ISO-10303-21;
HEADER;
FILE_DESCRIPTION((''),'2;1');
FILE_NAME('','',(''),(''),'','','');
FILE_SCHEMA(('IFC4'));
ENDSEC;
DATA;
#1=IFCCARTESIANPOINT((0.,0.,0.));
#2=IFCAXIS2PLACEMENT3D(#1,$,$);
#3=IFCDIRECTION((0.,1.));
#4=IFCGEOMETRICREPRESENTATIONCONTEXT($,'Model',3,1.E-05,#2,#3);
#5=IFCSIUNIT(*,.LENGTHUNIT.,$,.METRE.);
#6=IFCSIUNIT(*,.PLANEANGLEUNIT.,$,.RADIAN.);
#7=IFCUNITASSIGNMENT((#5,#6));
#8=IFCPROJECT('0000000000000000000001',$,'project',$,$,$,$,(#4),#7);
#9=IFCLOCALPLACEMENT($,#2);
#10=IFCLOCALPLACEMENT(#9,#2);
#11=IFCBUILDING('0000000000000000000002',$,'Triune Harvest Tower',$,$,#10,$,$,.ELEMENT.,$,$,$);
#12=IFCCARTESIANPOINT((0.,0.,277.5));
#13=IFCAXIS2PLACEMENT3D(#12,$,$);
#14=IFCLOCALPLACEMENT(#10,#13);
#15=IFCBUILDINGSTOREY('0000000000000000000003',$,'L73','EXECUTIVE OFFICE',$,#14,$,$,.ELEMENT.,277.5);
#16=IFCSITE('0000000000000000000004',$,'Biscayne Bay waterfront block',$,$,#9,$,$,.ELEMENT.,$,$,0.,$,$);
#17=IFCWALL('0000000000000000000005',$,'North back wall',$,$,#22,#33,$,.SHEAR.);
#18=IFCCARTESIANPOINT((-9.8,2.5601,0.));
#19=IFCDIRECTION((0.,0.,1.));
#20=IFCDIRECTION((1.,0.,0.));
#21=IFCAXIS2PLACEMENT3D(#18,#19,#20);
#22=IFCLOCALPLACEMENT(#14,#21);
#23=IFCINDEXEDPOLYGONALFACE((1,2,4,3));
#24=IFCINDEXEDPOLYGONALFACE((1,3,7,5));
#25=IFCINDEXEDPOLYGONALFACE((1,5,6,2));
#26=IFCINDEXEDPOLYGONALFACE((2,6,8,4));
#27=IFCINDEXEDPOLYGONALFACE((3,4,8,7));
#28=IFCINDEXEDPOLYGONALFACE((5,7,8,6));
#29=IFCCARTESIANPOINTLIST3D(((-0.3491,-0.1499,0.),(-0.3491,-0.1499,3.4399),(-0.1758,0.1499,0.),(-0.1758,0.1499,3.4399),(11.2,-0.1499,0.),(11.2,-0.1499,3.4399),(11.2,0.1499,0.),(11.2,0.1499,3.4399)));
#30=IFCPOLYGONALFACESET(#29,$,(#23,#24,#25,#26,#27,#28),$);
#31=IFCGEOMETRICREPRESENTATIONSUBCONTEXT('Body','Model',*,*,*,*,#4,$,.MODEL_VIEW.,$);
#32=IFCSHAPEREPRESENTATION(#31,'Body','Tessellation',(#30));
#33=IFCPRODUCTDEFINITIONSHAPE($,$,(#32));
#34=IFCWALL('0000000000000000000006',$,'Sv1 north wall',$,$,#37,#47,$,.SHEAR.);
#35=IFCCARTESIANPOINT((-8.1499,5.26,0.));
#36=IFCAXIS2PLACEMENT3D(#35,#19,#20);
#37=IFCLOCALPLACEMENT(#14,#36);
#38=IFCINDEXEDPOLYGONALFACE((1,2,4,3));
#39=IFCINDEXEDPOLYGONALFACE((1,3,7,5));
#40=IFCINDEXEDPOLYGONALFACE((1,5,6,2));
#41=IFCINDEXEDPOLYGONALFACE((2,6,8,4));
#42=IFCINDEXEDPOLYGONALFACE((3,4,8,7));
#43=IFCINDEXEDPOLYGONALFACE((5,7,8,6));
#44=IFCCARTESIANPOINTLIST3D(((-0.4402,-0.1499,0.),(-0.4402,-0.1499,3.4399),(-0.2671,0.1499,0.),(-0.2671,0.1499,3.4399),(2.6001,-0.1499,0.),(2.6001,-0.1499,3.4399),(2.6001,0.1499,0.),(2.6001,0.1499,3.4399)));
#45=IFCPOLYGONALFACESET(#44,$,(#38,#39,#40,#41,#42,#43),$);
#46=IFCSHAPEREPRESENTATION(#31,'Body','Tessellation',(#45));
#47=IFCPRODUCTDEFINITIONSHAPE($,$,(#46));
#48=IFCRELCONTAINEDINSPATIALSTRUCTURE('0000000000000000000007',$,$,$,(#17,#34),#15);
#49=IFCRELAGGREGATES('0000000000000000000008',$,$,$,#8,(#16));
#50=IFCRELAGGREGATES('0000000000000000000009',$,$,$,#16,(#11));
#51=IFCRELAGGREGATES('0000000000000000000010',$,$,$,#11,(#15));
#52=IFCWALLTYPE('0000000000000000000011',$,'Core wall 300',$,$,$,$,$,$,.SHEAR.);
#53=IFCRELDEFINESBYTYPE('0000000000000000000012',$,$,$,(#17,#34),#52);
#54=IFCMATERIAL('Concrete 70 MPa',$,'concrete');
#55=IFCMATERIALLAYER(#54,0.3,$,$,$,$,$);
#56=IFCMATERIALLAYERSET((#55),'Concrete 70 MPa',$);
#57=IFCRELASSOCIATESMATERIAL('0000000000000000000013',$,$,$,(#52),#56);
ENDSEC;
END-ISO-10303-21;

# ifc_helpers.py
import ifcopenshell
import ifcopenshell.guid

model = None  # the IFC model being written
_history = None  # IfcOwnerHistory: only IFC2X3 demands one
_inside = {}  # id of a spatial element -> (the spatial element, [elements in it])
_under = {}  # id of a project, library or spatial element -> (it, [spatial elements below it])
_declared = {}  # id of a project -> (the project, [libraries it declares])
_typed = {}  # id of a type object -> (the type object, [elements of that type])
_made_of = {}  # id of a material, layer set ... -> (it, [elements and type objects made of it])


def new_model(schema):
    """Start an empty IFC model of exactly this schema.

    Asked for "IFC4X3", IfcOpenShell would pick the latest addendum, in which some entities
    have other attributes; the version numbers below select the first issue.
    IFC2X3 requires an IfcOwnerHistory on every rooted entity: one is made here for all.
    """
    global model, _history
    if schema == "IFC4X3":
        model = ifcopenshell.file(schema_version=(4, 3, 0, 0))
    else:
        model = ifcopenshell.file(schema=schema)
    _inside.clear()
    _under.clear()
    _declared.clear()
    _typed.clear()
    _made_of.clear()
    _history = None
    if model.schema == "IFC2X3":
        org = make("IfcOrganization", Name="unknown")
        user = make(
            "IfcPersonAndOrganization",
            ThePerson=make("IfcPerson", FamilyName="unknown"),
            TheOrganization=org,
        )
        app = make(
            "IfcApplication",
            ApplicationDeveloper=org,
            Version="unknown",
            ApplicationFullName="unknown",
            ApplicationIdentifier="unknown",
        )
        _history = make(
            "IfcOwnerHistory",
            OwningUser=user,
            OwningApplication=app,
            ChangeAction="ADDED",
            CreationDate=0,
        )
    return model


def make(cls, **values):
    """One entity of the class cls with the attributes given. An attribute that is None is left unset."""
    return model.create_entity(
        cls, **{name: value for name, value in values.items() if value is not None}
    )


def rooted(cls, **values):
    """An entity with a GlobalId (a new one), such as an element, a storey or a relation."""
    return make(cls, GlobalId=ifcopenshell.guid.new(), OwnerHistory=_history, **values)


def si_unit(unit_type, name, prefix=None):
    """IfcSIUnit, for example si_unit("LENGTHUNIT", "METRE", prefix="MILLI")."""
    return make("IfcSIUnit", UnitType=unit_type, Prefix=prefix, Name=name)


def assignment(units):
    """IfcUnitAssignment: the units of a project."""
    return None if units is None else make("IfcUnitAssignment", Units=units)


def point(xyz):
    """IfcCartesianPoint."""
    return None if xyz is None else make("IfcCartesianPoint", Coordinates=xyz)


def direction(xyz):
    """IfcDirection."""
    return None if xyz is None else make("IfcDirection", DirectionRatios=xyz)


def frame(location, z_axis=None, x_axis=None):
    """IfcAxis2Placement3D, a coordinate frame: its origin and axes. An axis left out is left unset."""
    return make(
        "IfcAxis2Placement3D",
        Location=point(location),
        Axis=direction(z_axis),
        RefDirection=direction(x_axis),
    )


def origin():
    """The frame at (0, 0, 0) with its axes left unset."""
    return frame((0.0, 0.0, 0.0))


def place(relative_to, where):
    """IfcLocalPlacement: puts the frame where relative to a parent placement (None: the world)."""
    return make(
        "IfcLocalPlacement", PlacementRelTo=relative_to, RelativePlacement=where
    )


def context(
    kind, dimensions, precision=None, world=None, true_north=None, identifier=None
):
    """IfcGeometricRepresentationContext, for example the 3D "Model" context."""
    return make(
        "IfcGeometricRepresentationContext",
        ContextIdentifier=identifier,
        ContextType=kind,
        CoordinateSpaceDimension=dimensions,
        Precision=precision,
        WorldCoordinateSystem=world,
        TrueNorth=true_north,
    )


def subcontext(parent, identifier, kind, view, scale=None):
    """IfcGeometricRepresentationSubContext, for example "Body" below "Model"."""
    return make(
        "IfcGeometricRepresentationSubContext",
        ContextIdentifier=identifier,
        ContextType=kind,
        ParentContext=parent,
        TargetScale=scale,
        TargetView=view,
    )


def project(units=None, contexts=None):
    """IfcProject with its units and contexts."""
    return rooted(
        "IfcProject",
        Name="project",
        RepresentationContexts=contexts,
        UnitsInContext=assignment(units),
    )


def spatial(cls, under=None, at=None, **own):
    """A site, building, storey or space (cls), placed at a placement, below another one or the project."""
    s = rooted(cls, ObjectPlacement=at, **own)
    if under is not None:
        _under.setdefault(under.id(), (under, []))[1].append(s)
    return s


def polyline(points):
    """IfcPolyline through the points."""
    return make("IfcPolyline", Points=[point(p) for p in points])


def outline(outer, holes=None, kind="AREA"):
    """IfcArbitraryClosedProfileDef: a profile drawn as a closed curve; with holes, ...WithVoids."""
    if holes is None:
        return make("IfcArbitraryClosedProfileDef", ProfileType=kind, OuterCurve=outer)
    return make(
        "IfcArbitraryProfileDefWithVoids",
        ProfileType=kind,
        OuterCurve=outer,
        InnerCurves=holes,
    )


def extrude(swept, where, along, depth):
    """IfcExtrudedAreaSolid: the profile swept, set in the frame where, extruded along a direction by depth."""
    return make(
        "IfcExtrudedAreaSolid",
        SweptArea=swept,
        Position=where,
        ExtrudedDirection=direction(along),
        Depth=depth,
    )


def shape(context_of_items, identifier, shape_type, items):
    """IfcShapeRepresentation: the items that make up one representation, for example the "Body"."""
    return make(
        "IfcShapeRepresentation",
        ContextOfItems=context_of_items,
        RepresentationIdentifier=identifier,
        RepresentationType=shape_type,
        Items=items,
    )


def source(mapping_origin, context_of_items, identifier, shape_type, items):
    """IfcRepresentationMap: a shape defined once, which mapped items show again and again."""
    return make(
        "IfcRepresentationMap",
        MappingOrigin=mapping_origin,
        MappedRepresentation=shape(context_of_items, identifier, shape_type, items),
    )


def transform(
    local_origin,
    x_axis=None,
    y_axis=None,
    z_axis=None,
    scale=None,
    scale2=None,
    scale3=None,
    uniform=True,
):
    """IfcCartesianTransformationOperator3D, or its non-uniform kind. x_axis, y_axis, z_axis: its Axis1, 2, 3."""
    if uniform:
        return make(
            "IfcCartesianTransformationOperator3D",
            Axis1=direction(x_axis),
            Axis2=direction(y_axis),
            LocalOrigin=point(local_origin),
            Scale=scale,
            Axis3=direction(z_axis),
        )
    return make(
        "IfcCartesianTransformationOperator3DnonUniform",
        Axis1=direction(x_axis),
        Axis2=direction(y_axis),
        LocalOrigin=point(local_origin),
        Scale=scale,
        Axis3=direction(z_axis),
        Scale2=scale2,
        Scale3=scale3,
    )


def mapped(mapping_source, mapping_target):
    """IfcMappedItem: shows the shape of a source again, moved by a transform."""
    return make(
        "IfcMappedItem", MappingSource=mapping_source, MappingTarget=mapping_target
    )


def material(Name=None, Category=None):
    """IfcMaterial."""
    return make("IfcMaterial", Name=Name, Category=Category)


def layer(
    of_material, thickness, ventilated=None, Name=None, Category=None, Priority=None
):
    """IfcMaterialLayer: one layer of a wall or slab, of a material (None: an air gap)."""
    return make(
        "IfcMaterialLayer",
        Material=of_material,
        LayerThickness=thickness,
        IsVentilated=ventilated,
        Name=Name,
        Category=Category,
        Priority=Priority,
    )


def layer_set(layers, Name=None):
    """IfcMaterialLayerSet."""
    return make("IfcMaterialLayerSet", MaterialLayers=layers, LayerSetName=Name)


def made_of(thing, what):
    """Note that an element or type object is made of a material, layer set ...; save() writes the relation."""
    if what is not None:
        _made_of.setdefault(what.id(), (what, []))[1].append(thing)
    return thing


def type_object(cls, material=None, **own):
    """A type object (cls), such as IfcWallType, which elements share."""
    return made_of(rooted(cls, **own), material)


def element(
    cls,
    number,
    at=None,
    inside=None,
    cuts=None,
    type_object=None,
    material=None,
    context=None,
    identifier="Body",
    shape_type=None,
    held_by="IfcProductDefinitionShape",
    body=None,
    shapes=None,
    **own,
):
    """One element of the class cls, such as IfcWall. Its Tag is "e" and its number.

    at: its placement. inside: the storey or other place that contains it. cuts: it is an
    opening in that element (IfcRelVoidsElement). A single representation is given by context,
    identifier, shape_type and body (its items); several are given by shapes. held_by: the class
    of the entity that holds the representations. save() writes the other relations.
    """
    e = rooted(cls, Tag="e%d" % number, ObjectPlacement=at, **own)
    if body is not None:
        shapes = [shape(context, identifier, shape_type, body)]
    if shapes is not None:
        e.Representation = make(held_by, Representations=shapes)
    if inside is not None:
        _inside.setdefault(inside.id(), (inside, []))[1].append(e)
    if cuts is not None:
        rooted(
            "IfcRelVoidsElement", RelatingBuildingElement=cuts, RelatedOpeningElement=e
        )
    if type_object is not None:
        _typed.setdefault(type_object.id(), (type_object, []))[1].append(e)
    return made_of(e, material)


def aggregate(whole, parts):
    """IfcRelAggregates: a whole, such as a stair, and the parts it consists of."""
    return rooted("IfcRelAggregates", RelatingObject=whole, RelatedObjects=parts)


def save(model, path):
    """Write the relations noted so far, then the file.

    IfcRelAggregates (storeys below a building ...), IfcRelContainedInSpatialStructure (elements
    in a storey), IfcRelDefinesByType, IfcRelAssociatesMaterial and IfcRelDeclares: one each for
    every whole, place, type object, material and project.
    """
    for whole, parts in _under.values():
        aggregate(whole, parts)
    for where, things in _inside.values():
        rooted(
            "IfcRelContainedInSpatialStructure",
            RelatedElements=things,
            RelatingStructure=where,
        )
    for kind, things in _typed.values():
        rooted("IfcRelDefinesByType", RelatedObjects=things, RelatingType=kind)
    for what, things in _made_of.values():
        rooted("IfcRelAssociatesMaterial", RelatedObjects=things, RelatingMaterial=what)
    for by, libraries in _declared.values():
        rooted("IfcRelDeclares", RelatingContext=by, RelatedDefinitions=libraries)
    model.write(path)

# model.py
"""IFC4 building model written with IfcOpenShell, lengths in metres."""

from ifc_helpers import new_model, si_unit, direction, frame, origin, place, context, subcontext, project, spatial, polyline, outline, extrude, source, transform, mapped, material, layer, layer_set, type_object, element, save


model = new_model("IFC4")

# Units and contexts
model_context = context("Model", 3, precision=1e-05, world=origin(), true_north=direction((0.0, 1.0)))
body_context = subcontext(model_context, "Body", "Model", "MODEL_VIEW")
ifc_project = project(units=[si_unit("LENGTHUNIT", "METRE"), si_unit("PLANEANGLEUNIT", "RADIAN")], contexts=[model_context])

# Site, building, storey
site_placement = place(None, origin())
site = spatial("IfcSite", under=ifc_project, at=site_placement, Name="Biscayne Bay waterfront block", CompositionType="ELEMENT", RefElevation=0.0)
building_placement = place(site_placement, origin())
building = spatial("IfcBuilding", under=site, at=building_placement, Name="Triune Harvest Tower", CompositionType="ELEMENT")
storey_placement = place(building_placement, frame((0.0, 0.0, 277.5)))
storey = spatial("IfcBuildingStorey", under=building, at=storey_placement, Name="L73", Description="EXECUTIVE OFFICE", CompositionType="ELEMENT", Elevation=277.5)

# Wall
ifc_material_1 = material(Name="Concrete 70 MPa", Category="concrete")
ifc_layer_1 = layer(ifc_material_1, 0.3)
ifc_layer_set_1 = layer_set([ifc_layer_1], Name="Concrete 70 MPa")
wall_type_1 = type_object("IfcWallType", Name="Core wall 300", PredefinedType="SHEAR", material=ifc_layer_set_1)
shared_shape_1 = source(origin(), body_context, "Body", "SweptSolid", [
    extrude(outline(polyline([(11.2, -0.1499), (-0.3491, -0.1499), (-0.1758, 0.1499), (11.2, 0.1499), (11.2, -0.1499)])), origin(), (0.0, 0.0, 1.0), 3.4399),
])
wall_1_placement = place(storey_placement, frame((-9.8, 2.5601, 0.0), z_axis=(0.0, 0.0, 1.0), x_axis=(1.0, 0.0, 0.0)))
element("IfcWall", 1, at=wall_1_placement, inside=storey, type_object=wall_type_1, Name="North back wall", PredefinedType="SHEAR", context=body_context, shape_type="MappedRepresentation", body=[
    mapped(shared_shape_1, transform((0.0, 0.0, 0.0), scale=1.0)),
])

# Wall
shared_shape_2 = source(origin(), body_context, "Body", "SweptSolid", [
    extrude(outline(polyline([(2.6001, -0.1499), (-0.4402, -0.1499), (-0.2671, 0.1499), (2.6001, 0.1499), (2.6001, -0.1499)])), origin(), (0.0, 0.0, 1.0), 3.4399),
])
wall_2_placement = place(storey_placement, frame((-8.1499, 5.26, 0.0), z_axis=(0.0, 0.0, 1.0), x_axis=(1.0, 0.0, 0.0)))
element("IfcWall", 2, at=wall_2_placement, inside=storey, type_object=wall_type_1, Name="Sv1 north wall", PredefinedType="SHEAR", context=body_context, shape_type="MappedRepresentation", body=[
    mapped(shared_shape_2, transform((0.0, 0.0, 0.0), scale=1.0)),
])

save(model, "model.ifc")
